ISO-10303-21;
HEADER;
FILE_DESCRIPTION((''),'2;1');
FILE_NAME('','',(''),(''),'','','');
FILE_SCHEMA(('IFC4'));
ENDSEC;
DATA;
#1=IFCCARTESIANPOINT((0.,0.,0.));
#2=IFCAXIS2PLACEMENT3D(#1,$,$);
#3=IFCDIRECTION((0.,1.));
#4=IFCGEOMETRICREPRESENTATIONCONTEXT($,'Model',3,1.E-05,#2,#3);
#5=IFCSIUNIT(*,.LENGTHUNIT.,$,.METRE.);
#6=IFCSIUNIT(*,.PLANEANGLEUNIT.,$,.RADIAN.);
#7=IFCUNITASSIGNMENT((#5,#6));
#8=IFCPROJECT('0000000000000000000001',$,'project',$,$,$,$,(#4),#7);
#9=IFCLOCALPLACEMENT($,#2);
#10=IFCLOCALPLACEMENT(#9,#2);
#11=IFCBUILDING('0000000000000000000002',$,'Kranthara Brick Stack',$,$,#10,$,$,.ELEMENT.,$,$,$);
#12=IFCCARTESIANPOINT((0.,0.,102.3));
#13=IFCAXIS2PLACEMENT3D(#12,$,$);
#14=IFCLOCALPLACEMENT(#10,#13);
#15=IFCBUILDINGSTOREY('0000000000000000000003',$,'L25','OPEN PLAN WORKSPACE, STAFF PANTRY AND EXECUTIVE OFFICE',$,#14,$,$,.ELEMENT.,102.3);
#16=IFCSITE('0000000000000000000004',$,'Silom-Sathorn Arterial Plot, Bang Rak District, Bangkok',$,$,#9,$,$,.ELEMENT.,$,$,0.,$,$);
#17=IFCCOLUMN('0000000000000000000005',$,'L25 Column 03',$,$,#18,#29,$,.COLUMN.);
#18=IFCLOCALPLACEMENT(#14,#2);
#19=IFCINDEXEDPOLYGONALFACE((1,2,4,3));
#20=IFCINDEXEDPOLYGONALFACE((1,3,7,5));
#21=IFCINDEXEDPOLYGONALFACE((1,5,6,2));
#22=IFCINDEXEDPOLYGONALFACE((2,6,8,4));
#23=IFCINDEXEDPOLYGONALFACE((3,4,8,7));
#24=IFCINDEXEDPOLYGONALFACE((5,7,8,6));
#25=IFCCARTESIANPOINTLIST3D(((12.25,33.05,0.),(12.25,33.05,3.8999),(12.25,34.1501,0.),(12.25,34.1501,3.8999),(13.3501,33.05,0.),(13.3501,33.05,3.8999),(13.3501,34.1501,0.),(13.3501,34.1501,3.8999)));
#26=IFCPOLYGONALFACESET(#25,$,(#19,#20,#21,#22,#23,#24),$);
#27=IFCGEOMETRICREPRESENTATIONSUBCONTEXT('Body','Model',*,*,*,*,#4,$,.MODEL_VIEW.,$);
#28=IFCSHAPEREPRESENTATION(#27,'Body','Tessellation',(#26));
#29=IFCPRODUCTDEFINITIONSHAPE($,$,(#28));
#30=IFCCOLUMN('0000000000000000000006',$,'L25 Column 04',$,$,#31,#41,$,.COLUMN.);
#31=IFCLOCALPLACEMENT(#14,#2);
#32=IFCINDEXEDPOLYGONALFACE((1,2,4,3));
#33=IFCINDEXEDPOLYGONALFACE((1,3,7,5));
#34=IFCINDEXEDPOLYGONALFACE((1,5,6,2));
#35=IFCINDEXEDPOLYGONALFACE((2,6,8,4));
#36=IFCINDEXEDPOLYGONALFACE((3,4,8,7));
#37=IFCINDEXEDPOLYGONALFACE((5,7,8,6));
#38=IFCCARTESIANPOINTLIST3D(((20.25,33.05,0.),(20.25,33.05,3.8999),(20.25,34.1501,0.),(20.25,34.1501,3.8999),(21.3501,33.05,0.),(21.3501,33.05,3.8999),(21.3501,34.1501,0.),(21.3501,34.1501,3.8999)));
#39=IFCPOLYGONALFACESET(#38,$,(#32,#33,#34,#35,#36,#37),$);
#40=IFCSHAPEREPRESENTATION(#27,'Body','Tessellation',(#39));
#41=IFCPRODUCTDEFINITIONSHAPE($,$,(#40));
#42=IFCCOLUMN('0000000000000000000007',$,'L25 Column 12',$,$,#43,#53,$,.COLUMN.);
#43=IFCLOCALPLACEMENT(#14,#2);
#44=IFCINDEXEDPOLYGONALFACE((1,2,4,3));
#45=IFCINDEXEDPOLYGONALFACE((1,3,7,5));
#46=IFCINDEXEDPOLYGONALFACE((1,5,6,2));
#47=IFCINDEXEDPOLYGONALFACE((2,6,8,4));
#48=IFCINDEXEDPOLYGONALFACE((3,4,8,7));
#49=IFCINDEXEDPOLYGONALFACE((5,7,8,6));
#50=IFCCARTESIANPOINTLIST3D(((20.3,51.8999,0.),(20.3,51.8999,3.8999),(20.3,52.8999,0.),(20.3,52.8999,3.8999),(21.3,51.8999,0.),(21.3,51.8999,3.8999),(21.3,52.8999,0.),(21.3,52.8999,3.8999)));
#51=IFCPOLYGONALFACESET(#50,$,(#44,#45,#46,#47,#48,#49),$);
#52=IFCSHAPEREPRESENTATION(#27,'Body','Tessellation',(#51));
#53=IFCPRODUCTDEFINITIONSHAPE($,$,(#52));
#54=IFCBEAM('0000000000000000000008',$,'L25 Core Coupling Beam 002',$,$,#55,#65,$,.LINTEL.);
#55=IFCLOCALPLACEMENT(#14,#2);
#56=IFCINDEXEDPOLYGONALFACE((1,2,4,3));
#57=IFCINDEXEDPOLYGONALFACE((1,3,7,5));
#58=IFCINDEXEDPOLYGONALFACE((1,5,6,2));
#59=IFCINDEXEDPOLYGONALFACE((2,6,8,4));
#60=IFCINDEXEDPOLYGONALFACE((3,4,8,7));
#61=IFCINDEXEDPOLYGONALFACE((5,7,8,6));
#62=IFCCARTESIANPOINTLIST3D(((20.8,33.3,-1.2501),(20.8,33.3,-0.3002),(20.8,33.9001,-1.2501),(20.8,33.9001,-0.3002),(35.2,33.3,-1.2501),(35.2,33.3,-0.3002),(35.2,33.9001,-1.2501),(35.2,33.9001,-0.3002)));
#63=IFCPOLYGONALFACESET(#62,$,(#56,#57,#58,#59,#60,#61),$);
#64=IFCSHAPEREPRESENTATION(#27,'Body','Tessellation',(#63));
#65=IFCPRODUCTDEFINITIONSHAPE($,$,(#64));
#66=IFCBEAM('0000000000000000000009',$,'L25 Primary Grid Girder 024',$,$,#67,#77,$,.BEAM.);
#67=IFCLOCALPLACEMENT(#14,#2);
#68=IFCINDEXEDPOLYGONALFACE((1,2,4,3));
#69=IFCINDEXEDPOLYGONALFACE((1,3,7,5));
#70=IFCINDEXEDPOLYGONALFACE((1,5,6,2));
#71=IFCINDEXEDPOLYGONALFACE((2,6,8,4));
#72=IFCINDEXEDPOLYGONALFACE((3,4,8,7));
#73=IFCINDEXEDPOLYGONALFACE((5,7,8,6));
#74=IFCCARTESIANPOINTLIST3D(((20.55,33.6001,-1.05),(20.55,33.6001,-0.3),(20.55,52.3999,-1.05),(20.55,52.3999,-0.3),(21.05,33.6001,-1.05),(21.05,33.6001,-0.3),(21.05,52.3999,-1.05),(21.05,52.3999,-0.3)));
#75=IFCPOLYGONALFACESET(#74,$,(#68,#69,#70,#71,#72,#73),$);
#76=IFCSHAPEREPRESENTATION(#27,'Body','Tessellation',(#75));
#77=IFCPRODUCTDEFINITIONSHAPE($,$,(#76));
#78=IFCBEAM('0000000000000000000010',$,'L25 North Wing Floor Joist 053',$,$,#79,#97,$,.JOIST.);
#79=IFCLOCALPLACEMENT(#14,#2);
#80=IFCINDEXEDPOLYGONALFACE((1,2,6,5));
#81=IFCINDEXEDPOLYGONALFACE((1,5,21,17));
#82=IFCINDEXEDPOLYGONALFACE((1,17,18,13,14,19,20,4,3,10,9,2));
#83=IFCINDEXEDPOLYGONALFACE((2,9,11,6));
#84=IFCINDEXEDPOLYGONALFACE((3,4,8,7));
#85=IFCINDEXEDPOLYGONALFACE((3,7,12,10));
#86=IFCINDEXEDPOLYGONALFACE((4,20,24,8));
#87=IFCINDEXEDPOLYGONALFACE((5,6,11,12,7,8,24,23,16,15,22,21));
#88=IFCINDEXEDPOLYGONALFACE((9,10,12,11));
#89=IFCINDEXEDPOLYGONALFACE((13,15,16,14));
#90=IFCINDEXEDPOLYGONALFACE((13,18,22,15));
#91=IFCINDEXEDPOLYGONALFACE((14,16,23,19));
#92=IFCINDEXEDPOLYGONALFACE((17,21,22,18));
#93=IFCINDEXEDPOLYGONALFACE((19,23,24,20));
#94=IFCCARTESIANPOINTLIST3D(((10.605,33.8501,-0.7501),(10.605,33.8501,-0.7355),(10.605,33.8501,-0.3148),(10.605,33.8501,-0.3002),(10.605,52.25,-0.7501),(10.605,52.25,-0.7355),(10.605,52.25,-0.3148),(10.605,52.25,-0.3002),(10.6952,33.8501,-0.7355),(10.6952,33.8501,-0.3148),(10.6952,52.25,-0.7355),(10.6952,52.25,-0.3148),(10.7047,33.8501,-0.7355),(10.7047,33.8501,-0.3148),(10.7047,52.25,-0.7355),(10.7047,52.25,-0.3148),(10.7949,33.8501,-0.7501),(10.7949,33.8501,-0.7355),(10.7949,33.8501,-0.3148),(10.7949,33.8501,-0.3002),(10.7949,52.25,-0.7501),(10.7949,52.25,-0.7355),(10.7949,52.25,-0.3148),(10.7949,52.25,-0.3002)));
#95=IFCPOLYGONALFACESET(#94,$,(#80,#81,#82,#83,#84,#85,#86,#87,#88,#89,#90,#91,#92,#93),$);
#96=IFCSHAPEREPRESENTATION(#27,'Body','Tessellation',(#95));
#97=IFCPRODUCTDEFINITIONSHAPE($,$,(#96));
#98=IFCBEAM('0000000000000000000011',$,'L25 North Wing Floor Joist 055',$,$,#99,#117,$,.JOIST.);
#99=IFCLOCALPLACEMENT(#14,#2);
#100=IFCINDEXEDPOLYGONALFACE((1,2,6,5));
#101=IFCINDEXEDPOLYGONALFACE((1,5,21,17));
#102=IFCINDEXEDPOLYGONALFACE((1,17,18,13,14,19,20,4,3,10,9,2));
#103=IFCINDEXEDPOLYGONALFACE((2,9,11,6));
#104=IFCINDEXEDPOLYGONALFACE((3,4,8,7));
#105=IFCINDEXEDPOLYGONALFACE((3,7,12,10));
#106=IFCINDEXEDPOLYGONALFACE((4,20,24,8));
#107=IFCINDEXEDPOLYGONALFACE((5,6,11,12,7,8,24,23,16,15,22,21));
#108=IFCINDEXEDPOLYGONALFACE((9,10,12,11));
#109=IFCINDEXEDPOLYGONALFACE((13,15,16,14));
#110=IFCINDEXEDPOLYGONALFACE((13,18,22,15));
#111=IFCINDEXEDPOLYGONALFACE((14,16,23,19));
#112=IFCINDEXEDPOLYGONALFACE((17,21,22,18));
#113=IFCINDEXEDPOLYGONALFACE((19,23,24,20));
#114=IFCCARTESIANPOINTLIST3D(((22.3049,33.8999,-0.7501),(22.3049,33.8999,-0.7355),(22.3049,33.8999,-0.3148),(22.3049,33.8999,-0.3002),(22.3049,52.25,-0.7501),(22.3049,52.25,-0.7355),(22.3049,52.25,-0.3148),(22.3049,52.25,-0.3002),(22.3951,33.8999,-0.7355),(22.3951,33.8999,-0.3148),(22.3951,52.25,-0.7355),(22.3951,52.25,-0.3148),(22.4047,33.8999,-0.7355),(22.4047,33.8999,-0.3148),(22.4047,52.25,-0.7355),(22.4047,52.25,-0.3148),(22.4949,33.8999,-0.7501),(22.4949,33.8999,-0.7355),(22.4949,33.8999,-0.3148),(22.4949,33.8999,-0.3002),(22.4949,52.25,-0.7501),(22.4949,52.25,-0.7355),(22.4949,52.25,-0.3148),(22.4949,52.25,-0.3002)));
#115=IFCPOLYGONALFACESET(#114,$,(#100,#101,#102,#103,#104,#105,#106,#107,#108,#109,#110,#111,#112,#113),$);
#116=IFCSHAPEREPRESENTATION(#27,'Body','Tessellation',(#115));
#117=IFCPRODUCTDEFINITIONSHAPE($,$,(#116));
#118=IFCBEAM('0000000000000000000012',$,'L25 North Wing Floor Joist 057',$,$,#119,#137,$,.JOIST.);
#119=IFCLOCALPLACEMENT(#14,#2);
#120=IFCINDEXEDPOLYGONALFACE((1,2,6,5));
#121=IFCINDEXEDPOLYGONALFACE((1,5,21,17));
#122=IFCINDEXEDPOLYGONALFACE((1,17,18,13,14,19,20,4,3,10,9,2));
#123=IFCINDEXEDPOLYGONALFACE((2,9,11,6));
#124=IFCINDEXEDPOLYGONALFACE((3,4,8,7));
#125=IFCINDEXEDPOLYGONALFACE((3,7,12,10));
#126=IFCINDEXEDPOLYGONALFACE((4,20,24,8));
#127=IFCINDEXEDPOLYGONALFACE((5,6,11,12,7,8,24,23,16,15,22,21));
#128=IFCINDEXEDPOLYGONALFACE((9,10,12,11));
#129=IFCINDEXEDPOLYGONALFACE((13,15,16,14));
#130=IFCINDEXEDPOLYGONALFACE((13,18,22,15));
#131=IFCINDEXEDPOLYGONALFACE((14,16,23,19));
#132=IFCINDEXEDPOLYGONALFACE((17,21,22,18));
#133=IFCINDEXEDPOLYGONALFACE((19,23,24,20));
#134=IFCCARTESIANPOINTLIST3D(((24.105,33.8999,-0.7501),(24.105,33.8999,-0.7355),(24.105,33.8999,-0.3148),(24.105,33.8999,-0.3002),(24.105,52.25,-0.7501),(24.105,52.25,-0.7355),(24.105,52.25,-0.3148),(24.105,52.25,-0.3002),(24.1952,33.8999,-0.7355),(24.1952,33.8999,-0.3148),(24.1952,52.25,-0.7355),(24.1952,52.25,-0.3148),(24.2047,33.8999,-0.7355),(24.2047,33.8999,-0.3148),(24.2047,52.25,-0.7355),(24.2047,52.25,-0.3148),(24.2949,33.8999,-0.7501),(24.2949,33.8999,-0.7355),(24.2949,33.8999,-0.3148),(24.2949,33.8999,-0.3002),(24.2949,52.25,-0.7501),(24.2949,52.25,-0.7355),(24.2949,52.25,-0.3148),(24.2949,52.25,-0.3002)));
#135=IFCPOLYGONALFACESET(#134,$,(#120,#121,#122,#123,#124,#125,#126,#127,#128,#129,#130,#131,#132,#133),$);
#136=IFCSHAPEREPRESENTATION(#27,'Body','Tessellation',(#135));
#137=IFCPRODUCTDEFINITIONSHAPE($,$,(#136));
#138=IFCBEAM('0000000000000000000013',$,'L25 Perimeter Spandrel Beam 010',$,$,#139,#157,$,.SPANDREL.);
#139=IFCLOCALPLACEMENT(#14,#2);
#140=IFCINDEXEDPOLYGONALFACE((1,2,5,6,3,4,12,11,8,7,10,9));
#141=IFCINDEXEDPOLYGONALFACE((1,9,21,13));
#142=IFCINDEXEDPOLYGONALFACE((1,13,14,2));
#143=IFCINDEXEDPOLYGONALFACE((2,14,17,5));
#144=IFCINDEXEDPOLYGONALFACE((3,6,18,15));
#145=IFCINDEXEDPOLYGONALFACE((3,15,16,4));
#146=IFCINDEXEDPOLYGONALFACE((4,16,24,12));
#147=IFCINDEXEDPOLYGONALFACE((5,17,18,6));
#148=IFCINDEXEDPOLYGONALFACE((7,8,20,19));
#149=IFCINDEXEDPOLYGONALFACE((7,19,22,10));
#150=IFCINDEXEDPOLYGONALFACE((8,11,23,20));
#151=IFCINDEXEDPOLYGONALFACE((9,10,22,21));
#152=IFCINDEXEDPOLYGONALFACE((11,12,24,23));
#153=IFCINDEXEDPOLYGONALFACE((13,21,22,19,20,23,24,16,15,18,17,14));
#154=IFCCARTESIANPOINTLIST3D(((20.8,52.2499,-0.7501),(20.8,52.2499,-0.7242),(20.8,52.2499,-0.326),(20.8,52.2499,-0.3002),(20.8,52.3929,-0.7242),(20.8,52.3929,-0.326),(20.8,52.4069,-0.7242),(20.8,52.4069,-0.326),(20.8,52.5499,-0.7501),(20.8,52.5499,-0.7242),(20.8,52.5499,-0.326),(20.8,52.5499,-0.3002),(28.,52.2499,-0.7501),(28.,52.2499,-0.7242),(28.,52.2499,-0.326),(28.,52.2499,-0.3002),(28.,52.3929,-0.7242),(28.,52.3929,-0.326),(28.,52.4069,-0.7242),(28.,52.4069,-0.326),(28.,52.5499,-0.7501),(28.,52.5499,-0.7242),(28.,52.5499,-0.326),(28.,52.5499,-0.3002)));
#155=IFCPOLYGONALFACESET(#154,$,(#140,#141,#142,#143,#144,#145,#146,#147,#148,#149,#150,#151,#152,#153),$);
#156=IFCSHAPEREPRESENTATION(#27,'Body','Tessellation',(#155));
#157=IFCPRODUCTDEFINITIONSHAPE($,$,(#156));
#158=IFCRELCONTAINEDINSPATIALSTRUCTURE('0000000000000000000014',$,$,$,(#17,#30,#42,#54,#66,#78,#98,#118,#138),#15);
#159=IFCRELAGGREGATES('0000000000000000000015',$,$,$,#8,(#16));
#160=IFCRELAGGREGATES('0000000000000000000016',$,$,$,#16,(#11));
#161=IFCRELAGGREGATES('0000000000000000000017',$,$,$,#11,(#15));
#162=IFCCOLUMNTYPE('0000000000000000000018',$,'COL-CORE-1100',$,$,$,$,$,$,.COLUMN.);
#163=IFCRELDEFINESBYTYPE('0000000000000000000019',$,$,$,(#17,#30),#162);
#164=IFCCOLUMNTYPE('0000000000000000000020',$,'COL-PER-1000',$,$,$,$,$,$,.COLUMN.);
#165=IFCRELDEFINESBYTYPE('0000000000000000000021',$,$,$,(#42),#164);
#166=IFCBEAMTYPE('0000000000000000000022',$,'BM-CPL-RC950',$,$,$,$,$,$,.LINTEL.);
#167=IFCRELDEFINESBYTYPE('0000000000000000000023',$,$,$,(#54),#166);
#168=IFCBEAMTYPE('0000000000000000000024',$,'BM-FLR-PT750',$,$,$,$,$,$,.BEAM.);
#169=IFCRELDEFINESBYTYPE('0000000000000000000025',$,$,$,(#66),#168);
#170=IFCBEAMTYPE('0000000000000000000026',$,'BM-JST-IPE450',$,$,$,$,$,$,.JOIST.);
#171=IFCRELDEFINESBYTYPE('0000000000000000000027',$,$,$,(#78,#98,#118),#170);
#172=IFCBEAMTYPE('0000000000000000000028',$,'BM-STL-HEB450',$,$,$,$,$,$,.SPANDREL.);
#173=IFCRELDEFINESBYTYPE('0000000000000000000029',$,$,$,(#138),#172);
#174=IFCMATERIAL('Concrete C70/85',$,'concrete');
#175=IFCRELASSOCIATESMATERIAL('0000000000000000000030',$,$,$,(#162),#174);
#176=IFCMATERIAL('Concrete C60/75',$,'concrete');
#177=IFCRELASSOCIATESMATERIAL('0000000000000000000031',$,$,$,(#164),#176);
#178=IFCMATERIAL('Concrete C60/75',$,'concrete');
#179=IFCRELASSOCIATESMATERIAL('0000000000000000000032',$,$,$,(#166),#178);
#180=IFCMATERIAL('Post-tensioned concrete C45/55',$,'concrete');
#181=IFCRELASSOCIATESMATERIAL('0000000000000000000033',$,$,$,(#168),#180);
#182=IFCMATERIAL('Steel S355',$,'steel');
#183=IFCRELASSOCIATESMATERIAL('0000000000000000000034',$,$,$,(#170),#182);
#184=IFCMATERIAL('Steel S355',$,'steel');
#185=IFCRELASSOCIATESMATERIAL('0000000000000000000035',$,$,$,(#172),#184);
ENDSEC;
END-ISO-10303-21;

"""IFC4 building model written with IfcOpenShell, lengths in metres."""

from ifc_helpers import new_model, si_unit, direction, frame, origin, origin_2d, place, context, subcontext, project, spatial, rectangle, i_section, extrude, material, material_profile, profile_set, type_object, element, save


model = new_model("IFC4")

# Units and contexts
model_context = context("Model", 3, precision=1e-05, world=origin(), true_north=direction((0.0, 1.0)))
body_context = subcontext(model_context, "Body", "Model", "MODEL_VIEW")
ifc_project = project(units=[si_unit("LENGTHUNIT", "METRE"), si_unit("PLANEANGLEUNIT", "RADIAN")], contexts=[model_context])

# Site, building, storey
site_placement = place(None, origin())
site = spatial("IfcSite", under=ifc_project, at=site_placement, Name="Silom-Sathorn Arterial Plot, Bang Rak District, Bangkok", CompositionType="ELEMENT", RefElevation=0.0)
building_placement = place(site_placement, origin())
building = spatial("IfcBuilding", under=site, at=building_placement, Name="Kranthara Brick Stack", CompositionType="ELEMENT")
storey_placement = place(building_placement, frame((0.0, 0.0, 102.3)))
storey = spatial("IfcBuildingStorey", under=building, at=storey_placement, Name="L25", Description="OPEN PLAN WORKSPACE, STAFF PANTRY AND EXECUTIVE OFFICE", CompositionType="ELEMENT", Elevation=102.3)

# Columns
ifc_material_1 = material(Name="Concrete C70/85", Category="concrete")
ifc_material_profile_1 = material_profile(ifc_material_1, rectangle(XDim=1.1001, YDim=1.1001, at=origin_2d()), Name="RC 1100x1100")
ifc_profile_set_1 = profile_set([ifc_material_profile_1], Name="Concrete C70/85")
column_type_1 = type_object("IfcColumnType", Name="COL-CORE-1100", PredefinedType="COLUMN", material=ifc_profile_set_1)
for number, where, z_axis, x_axis, name in (
    (1, (12.8, 33.6001, 0.0), (0.0, 0.0, 1.0), (1.0, 0.0, 0.0), "L25 Column 03"),
    (2, (20.8, 33.6001, 0.0), (0.0, 0.0, 1.0), (1.0, 0.0, 0.0), "L25 Column 04"),
):
    element("IfcColumn", number, at=place(storey_placement, frame(where, z_axis=z_axis, x_axis=x_axis)), inside=storey, type_object=column_type_1, Name=name, PredefinedType="COLUMN", context=body_context, shape_type="SweptSolid", body=[
        extrude(rectangle(XDim=1.1001, YDim=1.1001, at=origin_2d()), origin(), (0.0, 0.0, 1.0), 3.8999),
    ])
ifc_material_2 = material(Name="Concrete C60/75", Category="concrete")
ifc_material_profile_2 = material_profile(ifc_material_2, rectangle(XDim=1.0, YDim=1.0, at=origin_2d()), Name="RC 1000x1000")
ifc_profile_set_2 = profile_set([ifc_material_profile_2], Name="Concrete C60/75")
column_type_2 = type_object("IfcColumnType", Name="COL-PER-1000", PredefinedType="COLUMN", material=ifc_profile_set_2)
column_placement = place(storey_placement, frame((20.8, 52.3999, 0.0), z_axis=(0.0, 0.0, 1.0), x_axis=(1.0, 0.0, 0.0)))
element("IfcColumn", 3, at=column_placement, inside=storey, type_object=column_type_2, Name="L25 Column 12", PredefinedType="COLUMN", context=body_context, shape_type="SweptSolid", body=[
    extrude(rectangle(XDim=1.0, YDim=1.0, at=origin_2d()), origin(), (0.0, 0.0, 1.0), 3.8999),
])

# Beams
ifc_material_3 = material(Name="Concrete C60/75", Category="concrete")
ifc_material_profile_3 = material_profile(ifc_material_3, rectangle(XDim=0.6001, YDim=0.95, at=origin_2d()), Name="RC 600x950")
ifc_profile_set_3 = profile_set([ifc_material_profile_3], Name="Concrete C60/75")
beam_type_1 = type_object("IfcBeamType", Name="BM-CPL-RC950", PredefinedType="LINTEL", material=ifc_profile_set_3)
beam_1_placement = place(storey_placement, frame((20.8, 33.6001, -0.7751), z_axis=(1.0, 0.0, 0.0), x_axis=(0.0, 1.0, 0.0)))
element("IfcBeam", 4, at=beam_1_placement, inside=storey, type_object=beam_type_1, Name="L25 Core Coupling Beam 002", PredefinedType="LINTEL", context=body_context, shape_type="SweptSolid", body=[
    extrude(rectangle(XDim=0.6001, YDim=0.95, at=origin_2d()), origin(), (0.0, 0.0, 1.0), 14.3999),
])
ifc_material_4 = material(Name="Post-tensioned concrete C45/55", Category="concrete")
ifc_material_profile_4 = material_profile(ifc_material_4, rectangle(XDim=0.5, YDim=0.75, at=origin_2d()), Name="PT 500x750")
ifc_profile_set_4 = profile_set([ifc_material_profile_4], Name="Post-tensioned concrete C45/55")
beam_type_2 = type_object("IfcBeamType", Name="BM-FLR-PT750", PredefinedType="BEAM", material=ifc_profile_set_4)
beam_2_placement = place(storey_placement, frame((20.8, 33.6001, -0.675), z_axis=(0.0, 1.0, 0.0), x_axis=(-1.0, 0.0, 0.0)))
element("IfcBeam", 5, at=beam_2_placement, inside=storey, type_object=beam_type_2, Name="L25 Primary Grid Girder 024", PredefinedType="BEAM", context=body_context, shape_type="SweptSolid", body=[
    extrude(rectangle(XDim=0.5, YDim=0.75, at=origin_2d()), origin(), (0.0, 0.0, 1.0), 18.7998),
])
ifc_material_5 = material(Name="Steel S355", Category="steel")
ifc_material_profile_5 = material_profile(ifc_material_5, i_section(OverallWidth=0.1899, OverallDepth=0.45, WebThickness=0.0095, FlangeThickness=0.0146, at=origin_2d()), Name="IPE 450")
ifc_profile_set_5 = profile_set([ifc_material_profile_5], Name="Steel S355")
beam_type_3 = type_object("IfcBeamType", Name="BM-JST-IPE450", PredefinedType="JOIST", material=ifc_profile_set_5)
beam_3_placement = place(storey_placement, frame((10.7, 33.8501, -0.5251), z_axis=(0.0, 1.0, 0.0), x_axis=(-1.0, 0.0, 0.0)))
element("IfcBeam", 6, at=beam_3_placement, inside=storey, type_object=beam_type_3, Name="L25 North Wing Floor Joist 053", PredefinedType="JOIST", context=body_context, shape_type="SweptSolid", body=[
    extrude(i_section(OverallWidth=0.1899, OverallDepth=0.45, WebThickness=0.0095, FlangeThickness=0.0146, at=origin_2d()), origin(), (0.0, 0.0, 1.0), 18.3999),
])
for number, where, z_axis, x_axis, name in (
    (7, (22.3999, 33.8999, -0.5251), (0.0, 1.0, 0.0), (-1.0, 0.0, 0.0), "L25 North Wing Floor Joist 055"),
    (8, (24.2, 33.8999, -0.5251), (0.0, 1.0, 0.0), (-1.0, 0.0, 0.0), "L25 North Wing Floor Joist 057"),
):
    element("IfcBeam", number, at=place(storey_placement, frame(where, z_axis=z_axis, x_axis=x_axis)), inside=storey, type_object=beam_type_3, Name=name, PredefinedType="JOIST", context=body_context, shape_type="SweptSolid", body=[
        extrude(i_section(OverallWidth=0.1899, OverallDepth=0.45, WebThickness=0.0095, FlangeThickness=0.0146, at=origin_2d()), origin(), (0.0, 0.0, 1.0), 18.3501),
    ])
ifc_material_6 = material(Name="Steel S355", Category="steel")
ifc_material_profile_6 = material_profile(ifc_material_6, i_section(OverallWidth=0.3, OverallDepth=0.45, WebThickness=0.0139, FlangeThickness=0.0259, at=origin_2d()), Name="HEB 450")
ifc_profile_set_6 = profile_set([ifc_material_profile_6], Name="Steel S355")
beam_type_4 = type_object("IfcBeamType", Name="BM-STL-HEB450", PredefinedType="SPANDREL", material=ifc_profile_set_6)
beam_4_placement = place(storey_placement, frame((20.8, 52.3999, -0.5251), z_axis=(1.0, 0.0, 0.0), x_axis=(0.0, 1.0, 0.0)))
element("IfcBeam", 9, at=beam_4_placement, inside=storey, type_object=beam_type_4, Name="L25 Perimeter Spandrel Beam 010", PredefinedType="SPANDREL", context=body_context, shape_type="SweptSolid", body=[
    extrude(i_section(OverallWidth=0.3, OverallDepth=0.45, WebThickness=0.0139, FlangeThickness=0.0259, at=origin_2d()), origin(), (0.0, 0.0, 1.0), 7.2),
])

save(model, "model.ifc")
